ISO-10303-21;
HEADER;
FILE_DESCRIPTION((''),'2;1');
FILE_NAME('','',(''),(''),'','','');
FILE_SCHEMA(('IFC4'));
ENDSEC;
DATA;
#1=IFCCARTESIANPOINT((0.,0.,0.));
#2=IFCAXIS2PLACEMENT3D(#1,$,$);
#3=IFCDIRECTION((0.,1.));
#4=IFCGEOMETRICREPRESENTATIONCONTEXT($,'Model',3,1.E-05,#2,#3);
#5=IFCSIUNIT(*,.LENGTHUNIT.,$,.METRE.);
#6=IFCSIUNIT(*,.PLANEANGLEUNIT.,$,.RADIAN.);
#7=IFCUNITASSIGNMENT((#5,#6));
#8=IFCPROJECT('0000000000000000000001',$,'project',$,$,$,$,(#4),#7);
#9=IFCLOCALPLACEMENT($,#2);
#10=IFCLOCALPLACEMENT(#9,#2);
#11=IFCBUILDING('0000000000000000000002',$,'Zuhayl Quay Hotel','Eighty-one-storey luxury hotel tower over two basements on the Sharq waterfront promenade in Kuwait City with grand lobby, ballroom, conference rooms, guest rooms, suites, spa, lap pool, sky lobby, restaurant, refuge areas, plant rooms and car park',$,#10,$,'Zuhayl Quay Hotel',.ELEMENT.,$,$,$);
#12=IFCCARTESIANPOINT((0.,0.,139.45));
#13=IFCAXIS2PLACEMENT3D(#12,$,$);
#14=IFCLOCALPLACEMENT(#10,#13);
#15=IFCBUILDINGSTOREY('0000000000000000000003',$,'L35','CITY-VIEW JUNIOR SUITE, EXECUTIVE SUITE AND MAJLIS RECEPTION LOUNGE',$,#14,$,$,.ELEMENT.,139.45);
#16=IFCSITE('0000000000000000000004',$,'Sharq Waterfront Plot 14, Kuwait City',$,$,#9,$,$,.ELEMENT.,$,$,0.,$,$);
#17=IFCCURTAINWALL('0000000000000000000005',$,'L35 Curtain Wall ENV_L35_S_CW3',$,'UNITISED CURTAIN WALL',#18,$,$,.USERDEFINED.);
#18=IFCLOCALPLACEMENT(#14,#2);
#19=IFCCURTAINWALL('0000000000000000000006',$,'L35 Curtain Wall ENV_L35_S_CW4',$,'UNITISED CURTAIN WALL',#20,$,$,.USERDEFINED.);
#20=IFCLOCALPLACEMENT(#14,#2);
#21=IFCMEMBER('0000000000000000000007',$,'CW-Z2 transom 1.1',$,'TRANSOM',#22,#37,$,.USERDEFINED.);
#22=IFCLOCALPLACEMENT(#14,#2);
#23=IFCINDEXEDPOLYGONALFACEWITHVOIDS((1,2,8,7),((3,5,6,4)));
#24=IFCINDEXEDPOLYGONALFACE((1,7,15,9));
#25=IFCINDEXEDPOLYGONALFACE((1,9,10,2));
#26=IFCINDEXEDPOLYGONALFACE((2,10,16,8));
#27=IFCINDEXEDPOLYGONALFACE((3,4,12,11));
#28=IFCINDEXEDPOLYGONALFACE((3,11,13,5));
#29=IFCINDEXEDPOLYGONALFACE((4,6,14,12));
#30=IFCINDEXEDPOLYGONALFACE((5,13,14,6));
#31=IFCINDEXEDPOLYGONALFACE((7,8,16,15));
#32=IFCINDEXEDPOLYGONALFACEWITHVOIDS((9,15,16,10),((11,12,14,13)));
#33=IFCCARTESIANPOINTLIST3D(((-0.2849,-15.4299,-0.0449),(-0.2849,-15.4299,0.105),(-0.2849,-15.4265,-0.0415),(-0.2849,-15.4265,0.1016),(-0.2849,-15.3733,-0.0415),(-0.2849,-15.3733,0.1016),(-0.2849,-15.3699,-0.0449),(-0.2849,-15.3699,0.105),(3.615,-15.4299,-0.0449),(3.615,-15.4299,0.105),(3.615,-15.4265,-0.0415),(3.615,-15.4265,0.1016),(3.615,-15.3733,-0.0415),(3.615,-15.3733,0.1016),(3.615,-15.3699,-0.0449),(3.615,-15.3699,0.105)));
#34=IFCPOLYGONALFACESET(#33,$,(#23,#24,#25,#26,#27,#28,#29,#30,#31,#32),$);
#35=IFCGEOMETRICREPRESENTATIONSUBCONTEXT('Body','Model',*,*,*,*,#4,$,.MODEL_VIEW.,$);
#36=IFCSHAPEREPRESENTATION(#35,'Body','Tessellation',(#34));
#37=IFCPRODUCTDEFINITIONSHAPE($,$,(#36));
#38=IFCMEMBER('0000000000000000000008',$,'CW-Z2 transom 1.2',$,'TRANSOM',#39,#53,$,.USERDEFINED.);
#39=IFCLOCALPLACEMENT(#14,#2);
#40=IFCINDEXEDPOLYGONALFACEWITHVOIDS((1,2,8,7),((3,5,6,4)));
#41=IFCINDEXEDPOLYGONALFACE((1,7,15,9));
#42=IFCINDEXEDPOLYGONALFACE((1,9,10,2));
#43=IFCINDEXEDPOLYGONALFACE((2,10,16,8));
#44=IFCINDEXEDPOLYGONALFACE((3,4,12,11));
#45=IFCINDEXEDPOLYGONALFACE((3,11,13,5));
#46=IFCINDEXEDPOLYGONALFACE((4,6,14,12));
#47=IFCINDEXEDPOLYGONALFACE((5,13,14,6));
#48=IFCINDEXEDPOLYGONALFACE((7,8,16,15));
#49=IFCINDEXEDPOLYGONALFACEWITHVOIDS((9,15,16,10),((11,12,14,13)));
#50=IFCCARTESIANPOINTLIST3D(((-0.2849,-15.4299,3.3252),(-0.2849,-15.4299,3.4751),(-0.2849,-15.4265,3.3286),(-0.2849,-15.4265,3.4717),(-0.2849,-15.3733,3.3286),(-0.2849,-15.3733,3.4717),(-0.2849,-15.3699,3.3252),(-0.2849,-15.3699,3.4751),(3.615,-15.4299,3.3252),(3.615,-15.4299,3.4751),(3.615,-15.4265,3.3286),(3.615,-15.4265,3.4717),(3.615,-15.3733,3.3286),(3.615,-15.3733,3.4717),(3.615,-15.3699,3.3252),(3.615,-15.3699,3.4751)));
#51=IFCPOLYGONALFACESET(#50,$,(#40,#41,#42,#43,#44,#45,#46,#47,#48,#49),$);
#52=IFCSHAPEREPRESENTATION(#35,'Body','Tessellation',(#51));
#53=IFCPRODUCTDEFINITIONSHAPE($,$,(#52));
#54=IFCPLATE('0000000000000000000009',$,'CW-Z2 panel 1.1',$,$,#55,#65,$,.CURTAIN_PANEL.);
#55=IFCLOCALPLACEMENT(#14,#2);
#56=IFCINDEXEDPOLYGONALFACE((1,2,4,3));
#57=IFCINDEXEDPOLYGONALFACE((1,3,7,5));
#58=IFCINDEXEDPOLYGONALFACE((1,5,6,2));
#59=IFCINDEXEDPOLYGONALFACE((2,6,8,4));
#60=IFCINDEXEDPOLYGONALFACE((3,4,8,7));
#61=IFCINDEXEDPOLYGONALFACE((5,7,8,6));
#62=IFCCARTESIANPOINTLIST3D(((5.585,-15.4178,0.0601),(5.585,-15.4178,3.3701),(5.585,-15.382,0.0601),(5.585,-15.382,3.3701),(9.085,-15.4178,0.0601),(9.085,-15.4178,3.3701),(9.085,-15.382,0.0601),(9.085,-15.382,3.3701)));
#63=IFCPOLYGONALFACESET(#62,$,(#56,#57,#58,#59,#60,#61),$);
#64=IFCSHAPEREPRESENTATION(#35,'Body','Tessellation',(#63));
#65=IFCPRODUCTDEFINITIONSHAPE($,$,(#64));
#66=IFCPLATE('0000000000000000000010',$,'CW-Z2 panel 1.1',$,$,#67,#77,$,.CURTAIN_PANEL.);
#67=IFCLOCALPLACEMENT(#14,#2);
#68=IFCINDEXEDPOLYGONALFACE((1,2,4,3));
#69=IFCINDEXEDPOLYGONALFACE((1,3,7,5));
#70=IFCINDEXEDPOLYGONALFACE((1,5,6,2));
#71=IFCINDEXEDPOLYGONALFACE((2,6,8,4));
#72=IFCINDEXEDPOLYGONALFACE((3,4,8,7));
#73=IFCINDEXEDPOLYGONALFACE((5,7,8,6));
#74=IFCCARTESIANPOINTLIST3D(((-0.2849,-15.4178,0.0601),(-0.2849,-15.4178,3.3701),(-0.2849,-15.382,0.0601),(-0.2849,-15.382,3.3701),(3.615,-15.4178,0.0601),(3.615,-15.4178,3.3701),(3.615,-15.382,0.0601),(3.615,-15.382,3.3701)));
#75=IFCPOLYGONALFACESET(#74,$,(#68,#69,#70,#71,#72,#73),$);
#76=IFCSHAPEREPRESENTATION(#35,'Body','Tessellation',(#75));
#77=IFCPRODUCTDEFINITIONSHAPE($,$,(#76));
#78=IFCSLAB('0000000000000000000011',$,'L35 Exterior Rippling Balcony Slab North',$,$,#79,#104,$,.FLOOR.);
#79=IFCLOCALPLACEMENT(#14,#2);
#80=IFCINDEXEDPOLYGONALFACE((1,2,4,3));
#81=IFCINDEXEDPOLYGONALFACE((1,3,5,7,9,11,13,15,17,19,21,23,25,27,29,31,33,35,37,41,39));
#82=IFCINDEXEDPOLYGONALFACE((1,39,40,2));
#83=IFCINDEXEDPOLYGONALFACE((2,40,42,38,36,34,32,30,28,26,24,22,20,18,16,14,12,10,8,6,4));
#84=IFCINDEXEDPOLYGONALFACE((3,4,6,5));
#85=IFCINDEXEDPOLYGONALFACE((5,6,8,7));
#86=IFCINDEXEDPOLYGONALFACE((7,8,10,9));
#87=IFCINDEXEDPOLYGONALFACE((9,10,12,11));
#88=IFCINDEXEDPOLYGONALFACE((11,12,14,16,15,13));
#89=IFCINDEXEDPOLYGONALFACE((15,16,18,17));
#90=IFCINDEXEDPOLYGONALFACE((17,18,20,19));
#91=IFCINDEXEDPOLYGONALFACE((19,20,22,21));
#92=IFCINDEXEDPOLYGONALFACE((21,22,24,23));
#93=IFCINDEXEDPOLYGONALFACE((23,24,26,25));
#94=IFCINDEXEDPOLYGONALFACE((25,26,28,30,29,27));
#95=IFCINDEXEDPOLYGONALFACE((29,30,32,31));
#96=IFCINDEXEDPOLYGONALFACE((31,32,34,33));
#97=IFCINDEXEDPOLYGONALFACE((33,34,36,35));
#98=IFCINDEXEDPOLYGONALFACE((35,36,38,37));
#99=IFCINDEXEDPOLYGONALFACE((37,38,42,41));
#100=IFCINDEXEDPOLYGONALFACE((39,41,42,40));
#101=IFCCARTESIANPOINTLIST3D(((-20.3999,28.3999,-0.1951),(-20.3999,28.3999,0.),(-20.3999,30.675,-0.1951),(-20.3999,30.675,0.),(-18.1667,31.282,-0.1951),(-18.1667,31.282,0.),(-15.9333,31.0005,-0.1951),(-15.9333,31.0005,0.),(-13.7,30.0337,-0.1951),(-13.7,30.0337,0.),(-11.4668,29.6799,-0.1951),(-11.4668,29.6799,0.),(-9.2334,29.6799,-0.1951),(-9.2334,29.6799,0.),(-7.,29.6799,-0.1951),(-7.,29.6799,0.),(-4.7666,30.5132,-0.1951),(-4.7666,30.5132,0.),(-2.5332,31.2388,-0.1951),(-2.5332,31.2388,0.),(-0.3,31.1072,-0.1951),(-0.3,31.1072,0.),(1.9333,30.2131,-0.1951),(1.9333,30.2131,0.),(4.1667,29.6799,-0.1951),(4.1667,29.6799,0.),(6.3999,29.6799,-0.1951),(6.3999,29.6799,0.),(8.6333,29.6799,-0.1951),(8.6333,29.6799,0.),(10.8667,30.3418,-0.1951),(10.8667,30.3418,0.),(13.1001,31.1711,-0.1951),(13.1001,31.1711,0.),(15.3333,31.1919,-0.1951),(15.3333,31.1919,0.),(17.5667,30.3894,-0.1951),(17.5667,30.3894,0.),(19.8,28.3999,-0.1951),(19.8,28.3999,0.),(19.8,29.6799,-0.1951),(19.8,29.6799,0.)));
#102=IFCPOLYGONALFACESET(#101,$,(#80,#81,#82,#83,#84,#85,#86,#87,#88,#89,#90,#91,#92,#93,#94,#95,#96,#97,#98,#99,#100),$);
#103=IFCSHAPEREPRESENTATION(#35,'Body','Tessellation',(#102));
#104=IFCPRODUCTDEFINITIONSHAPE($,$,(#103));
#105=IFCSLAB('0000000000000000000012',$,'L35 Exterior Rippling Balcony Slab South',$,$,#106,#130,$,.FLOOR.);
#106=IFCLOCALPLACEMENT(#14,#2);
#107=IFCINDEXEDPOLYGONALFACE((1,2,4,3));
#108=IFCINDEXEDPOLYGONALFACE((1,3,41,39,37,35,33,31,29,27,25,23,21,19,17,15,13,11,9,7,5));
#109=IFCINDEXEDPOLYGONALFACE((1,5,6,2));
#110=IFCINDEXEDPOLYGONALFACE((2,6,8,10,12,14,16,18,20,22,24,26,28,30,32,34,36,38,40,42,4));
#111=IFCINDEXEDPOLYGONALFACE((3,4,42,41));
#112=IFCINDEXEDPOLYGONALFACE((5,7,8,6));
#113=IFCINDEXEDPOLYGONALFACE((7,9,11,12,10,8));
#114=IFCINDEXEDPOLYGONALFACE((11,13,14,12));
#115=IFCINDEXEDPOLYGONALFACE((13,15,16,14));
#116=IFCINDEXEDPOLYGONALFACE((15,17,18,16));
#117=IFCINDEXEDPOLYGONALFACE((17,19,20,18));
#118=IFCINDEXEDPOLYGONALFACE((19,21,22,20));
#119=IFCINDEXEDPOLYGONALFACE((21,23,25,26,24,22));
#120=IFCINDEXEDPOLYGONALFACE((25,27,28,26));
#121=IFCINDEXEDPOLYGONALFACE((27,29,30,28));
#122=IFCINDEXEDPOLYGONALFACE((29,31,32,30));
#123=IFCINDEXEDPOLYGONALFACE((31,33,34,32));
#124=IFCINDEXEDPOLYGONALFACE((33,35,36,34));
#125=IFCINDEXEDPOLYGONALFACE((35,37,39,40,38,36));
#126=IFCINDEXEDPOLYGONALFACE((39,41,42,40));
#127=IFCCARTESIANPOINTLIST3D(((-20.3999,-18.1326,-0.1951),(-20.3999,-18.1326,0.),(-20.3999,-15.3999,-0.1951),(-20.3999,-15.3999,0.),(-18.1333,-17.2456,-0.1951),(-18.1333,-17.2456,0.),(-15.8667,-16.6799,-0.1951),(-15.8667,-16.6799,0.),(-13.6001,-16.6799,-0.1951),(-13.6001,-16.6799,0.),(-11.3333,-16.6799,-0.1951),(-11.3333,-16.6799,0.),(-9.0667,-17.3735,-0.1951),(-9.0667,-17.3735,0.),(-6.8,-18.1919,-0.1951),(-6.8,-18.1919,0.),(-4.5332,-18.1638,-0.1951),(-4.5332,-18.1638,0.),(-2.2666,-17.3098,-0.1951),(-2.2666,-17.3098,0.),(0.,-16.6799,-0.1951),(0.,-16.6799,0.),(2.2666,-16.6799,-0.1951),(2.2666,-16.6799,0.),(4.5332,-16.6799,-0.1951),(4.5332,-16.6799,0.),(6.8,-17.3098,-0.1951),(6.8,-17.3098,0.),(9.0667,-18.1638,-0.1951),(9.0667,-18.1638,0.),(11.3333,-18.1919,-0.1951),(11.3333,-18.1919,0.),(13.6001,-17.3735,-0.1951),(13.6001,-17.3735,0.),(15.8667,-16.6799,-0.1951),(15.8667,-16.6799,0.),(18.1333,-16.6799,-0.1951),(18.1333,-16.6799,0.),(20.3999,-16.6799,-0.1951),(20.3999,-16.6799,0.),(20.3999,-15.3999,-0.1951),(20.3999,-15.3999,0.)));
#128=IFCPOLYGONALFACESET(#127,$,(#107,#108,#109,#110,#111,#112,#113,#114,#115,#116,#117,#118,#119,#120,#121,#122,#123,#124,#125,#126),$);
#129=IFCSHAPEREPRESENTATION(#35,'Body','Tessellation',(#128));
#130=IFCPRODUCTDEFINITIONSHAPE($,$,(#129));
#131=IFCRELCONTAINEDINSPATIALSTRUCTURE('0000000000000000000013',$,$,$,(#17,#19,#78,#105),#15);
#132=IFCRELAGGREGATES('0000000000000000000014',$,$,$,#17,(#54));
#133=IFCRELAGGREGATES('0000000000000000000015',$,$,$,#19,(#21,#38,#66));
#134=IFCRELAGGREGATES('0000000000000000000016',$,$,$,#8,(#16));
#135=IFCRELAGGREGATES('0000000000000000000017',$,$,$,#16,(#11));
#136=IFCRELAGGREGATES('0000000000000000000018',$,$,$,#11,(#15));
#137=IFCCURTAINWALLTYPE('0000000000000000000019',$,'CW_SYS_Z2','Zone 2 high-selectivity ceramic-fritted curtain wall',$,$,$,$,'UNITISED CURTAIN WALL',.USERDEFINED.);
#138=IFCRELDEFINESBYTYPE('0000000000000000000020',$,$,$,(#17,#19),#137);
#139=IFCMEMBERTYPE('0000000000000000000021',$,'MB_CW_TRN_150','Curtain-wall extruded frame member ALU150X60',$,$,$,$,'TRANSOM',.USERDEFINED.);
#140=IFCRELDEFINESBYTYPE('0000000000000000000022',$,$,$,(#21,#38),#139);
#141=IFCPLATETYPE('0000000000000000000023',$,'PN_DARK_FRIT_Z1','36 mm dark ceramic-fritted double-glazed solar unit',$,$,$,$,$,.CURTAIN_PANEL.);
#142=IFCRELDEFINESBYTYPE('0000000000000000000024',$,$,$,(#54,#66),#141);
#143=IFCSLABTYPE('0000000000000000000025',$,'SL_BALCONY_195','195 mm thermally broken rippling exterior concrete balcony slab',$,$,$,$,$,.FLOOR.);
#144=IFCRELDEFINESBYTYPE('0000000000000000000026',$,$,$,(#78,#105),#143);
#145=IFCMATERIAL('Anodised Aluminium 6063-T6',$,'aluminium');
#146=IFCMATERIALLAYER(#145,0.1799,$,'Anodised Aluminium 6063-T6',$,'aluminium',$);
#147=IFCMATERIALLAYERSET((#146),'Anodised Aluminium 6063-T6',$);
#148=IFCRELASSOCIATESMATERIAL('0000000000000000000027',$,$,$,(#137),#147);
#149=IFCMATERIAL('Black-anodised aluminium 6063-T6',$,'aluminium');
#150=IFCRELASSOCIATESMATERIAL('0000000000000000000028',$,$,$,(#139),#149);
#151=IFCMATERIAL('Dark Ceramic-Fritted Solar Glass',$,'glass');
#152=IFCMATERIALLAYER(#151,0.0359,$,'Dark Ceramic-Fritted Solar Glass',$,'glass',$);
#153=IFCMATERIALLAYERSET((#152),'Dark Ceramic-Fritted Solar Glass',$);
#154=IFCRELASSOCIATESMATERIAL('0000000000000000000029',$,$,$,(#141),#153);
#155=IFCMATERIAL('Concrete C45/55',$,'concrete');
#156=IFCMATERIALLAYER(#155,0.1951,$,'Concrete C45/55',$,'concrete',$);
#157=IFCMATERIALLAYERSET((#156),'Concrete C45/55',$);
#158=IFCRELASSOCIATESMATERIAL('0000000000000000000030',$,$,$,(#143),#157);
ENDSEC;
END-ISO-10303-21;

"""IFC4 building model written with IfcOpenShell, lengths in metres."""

from ifc_helpers import new_model, si_unit, direction, frame, origin, origin_2d, place, context, subcontext, project, spatial, polyline, rectangle, hollow_rectangle, outline, extrude, material, layer, layer_set, material_profile, profile_set, type_object, element, aggregate, save


model = new_model("IFC4")

# Units and contexts
model_context = context("Model", 3, precision=1e-05, world=origin(), true_north=direction((0.0, 1.0)))
body_context = subcontext(model_context, "Body", "Model", "MODEL_VIEW")
ifc_project = project(units=[si_unit("LENGTHUNIT", "METRE"), si_unit("PLANEANGLEUNIT", "RADIAN")], contexts=[model_context])

# Site, building, storey
site_placement = place(None, origin())
site = spatial("IfcSite", under=ifc_project, at=site_placement, Name="Sharq Waterfront Plot 14, Kuwait City", CompositionType="ELEMENT", RefElevation=0.0)
building_placement = place(site_placement, origin())
building = spatial("IfcBuilding", under=site, at=building_placement, Name="Zuhayl Quay Hotel", Description="Eighty-one-storey luxury hotel tower over two basements on the Sharq waterfront promenade in Kuwait City with grand lobby, ballroom, conference rooms, guest rooms, suites, spa, lap pool, sky lobby, restaurant, refuge areas, plant rooms and car park", LongName="Zuhayl Quay Hotel", CompositionType="ELEMENT")
storey_placement = place(building_placement, frame((0.0, 0.0, 139.45)))
storey = spatial("IfcBuildingStorey", under=building, at=storey_placement, Name="L35", Description="CITY-VIEW JUNIOR SUITE, EXECUTIVE SUITE AND MAJLIS RECEPTION LOUNGE", CompositionType="ELEMENT", Elevation=139.45)

# Curtain wall
ifc_material_1 = material(Name="Anodised Aluminium 6063-T6", Category="aluminium")
ifc_layer_1 = layer(ifc_material_1, 0.1799, Name="Anodised Aluminium 6063-T6", Category="aluminium")
ifc_layer_set_1 = layer_set([ifc_layer_1], Name="Anodised Aluminium 6063-T6")
curtain_wall_type = type_object("IfcCurtainWallType", Name="CW_SYS_Z2", Description="Zone 2 high-selectivity ceramic-fritted curtain wall", ElementType="UNITISED CURTAIN WALL", PredefinedType="USERDEFINED", material=ifc_layer_set_1)
curtain_wall_1_placement = place(storey_placement, origin())
curtain_wall_1 = element("IfcCurtainWall", 1, at=curtain_wall_1_placement, inside=storey, type_object=curtain_wall_type, Name="L35 Curtain Wall ENV_L35_S_CW3", ObjectType="UNITISED CURTAIN WALL", PredefinedType="USERDEFINED")
ifc_material_2 = material(Name="Black-anodised aluminium 6063-T6", Category="aluminium")

# Curtain wall, members
curtain_wall_2_placement = place(storey_placement, origin())
curtain_wall_2 = element("IfcCurtainWall", 2, at=curtain_wall_2_placement, inside=storey, type_object=curtain_wall_type, Name="L35 Curtain Wall ENV_L35_S_CW4", ObjectType="UNITISED CURTAIN WALL", PredefinedType="USERDEFINED")
ifc_material_profile_1 = material_profile(ifc_material_2, hollow_rectangle(XDim=0.0601, YDim=0.1499, WallThickness=0.0034, at=origin_2d()), Name="ALU150X60")
ifc_profile_set_1 = profile_set([ifc_material_profile_1], Name="Black-anodised aluminium 6063-T6")
member_type_1 = type_object("IfcMemberType", Name="MB_CW_TRN_150", Description="Curtain-wall extruded frame member ALU150X60", ElementType="TRANSOM", PredefinedType="USERDEFINED", material=ifc_profile_set_1)
member_1_placement = place(storey_placement, frame((3.615, -15.3999, 0.03), z_axis=(-1.0, 0.0, 0.0), x_axis=(0.0, -1.0, 0.0)))
member_1 = element("IfcMember", 3, at=member_1_placement, type_object=member_type_1, Name="CW-Z2 transom 1.1", ObjectType="TRANSOM", PredefinedType="USERDEFINED", context=body_context, shape_type="SweptSolid", body=[
    extrude(hollow_rectangle(XDim=0.0601, YDim=0.1499, WallThickness=0.0034, at=origin_2d()), origin(), (0.0, 0.0, 1.0), 3.8999),
])
member_2_placement = place(storey_placement, frame((3.615, -15.3999, 3.4001), z_axis=(-1.0, 0.0, 0.0), x_axis=(0.0, -1.0, 0.0)))
member_2 = element("IfcMember", 4, at=member_2_placement, type_object=member_type_1, Name="CW-Z2 transom 1.2", ObjectType="TRANSOM", PredefinedType="USERDEFINED", context=body_context, shape_type="SweptSolid", body=[
    extrude(hollow_rectangle(XDim=0.0601, YDim=0.1499, WallThickness=0.0034, at=origin_2d()), origin(), (0.0, 0.0, 1.0), 3.8999),
])

# Plates
ifc_material_3 = material(Name="Dark Ceramic-Fritted Solar Glass", Category="glass")
ifc_layer_2 = layer(ifc_material_3, 0.0359, Name="Dark Ceramic-Fritted Solar Glass", Category="glass")
ifc_layer_set_2 = layer_set([ifc_layer_2], Name="Dark Ceramic-Fritted Solar Glass")
plate_type = type_object("IfcPlateType", Name="PN_DARK_FRIT_Z1", Description="36 mm dark ceramic-fritted double-glazed solar unit", PredefinedType="CURTAIN_PANEL", material=ifc_layer_set_2)
plate_1_placement = place(storey_placement, frame((7.335, -15.3999, 0.0601), z_axis=(0.0, 0.0, 1.0), x_axis=(-1.0, 0.0, 0.0)))
plate_1 = element("IfcPlate", 5, at=plate_1_placement, type_object=plate_type, Name="CW-Z2 panel 1.1", PredefinedType="CURTAIN_PANEL", context=body_context, shape_type="SweptSolid", body=[
    extrude(rectangle(XDim=3.5, YDim=0.0359, at=origin_2d()), origin(), (0.0, 0.0, 1.0), 3.3101),
])
aggregate(curtain_wall_1, [plate_1])
plate_2_placement = place(storey_placement, frame((1.665, -15.3999, 0.0601), z_axis=(0.0, 0.0, 1.0), x_axis=(-1.0, 0.0, 0.0)))
plate_2 = element("IfcPlate", 6, at=plate_2_placement, type_object=plate_type, Name="CW-Z2 panel 1.1", PredefinedType="CURTAIN_PANEL", context=body_context, shape_type="SweptSolid", body=[
    extrude(rectangle(XDim=3.8999, YDim=0.0359, at=origin_2d()), origin(), (0.0, 0.0, 1.0), 3.3101),
])
aggregate(curtain_wall_2, [member_1, member_2, plate_2])

# Slabs
ifc_material_4 = material(Name="Concrete C45/55", Category="concrete")
ifc_layer_3 = layer(ifc_material_4, 0.1951, Name="Concrete C45/55", Category="concrete")
ifc_layer_set_3 = layer_set([ifc_layer_3], Name="Concrete C45/55")
slab_type_1 = type_object("IfcSlabType", Name="SL_BALCONY_195", Description="195 mm thermally broken rippling exterior concrete balcony slab", PredefinedType="FLOOR", material=ifc_layer_set_3)
slab_1_placement = place(storey_placement, frame((0.0, 0.0, -0.1951)))
element("IfcSlab", 7, at=slab_1_placement, inside=storey, type_object=slab_type_1, Name="L35 Exterior Rippling Balcony Slab North", PredefinedType="FLOOR", context=body_context, shape_type="SweptSolid", body=[
    extrude(outline(polyline([(-20.3999, 28.3999), (19.8, 28.3999), (19.8, 29.6799), (17.5667, 30.3894), (15.3333, 31.1919), (13.1001, 31.1711), (10.8667, 30.3418), (8.6333, 29.6799), (6.3999, 29.6799), (4.1667, 29.6799), (1.9333, 30.2131), (-0.3, 31.1072), (-2.5332, 31.2388), (-4.7666, 30.5132), (-7.0, 29.6799), (-9.2334, 29.6799), (-11.4668, 29.6799), (-13.7, 30.0337), (-15.9333, 31.0005), (-18.1667, 31.282), (-20.3999, 30.675), (-20.3999, 28.3999)])), origin(), (0.0, 0.0, 1.0), 0.1951),
])
slab_2_placement = place(storey_placement, frame((0.0, 0.0, -0.1951)))
element("IfcSlab", 8, at=slab_2_placement, inside=storey, type_object=slab_type_1, Name="L35 Exterior Rippling Balcony Slab South", PredefinedType="FLOOR", context=body_context, shape_type="SweptSolid", body=[
    extrude(outline(polyline([(-20.3999, -18.1326), (-18.1333, -17.2456), (-15.8667, -16.6799), (-13.6001, -16.6799), (-11.3333, -16.6799), (-9.0667, -17.3735), (-6.8, -18.1919), (-4.5332, -18.1638), (-2.2666, -17.3098), (0.0, -16.6799), (2.2666, -16.6799), (4.5332, -16.6799), (6.8, -17.3098), (9.0667, -18.1638), (11.3333, -18.1919), (13.6001, -17.3735), (15.8667, -16.6799), (18.1333, -16.6799), (20.3999, -16.6799), (20.3999, -15.3999), (-20.3999, -15.3999), (-20.3999, -18.1326)])), origin(), (0.0, 0.0, 1.0), 0.1951),
])

save(model, "model.ifc")
